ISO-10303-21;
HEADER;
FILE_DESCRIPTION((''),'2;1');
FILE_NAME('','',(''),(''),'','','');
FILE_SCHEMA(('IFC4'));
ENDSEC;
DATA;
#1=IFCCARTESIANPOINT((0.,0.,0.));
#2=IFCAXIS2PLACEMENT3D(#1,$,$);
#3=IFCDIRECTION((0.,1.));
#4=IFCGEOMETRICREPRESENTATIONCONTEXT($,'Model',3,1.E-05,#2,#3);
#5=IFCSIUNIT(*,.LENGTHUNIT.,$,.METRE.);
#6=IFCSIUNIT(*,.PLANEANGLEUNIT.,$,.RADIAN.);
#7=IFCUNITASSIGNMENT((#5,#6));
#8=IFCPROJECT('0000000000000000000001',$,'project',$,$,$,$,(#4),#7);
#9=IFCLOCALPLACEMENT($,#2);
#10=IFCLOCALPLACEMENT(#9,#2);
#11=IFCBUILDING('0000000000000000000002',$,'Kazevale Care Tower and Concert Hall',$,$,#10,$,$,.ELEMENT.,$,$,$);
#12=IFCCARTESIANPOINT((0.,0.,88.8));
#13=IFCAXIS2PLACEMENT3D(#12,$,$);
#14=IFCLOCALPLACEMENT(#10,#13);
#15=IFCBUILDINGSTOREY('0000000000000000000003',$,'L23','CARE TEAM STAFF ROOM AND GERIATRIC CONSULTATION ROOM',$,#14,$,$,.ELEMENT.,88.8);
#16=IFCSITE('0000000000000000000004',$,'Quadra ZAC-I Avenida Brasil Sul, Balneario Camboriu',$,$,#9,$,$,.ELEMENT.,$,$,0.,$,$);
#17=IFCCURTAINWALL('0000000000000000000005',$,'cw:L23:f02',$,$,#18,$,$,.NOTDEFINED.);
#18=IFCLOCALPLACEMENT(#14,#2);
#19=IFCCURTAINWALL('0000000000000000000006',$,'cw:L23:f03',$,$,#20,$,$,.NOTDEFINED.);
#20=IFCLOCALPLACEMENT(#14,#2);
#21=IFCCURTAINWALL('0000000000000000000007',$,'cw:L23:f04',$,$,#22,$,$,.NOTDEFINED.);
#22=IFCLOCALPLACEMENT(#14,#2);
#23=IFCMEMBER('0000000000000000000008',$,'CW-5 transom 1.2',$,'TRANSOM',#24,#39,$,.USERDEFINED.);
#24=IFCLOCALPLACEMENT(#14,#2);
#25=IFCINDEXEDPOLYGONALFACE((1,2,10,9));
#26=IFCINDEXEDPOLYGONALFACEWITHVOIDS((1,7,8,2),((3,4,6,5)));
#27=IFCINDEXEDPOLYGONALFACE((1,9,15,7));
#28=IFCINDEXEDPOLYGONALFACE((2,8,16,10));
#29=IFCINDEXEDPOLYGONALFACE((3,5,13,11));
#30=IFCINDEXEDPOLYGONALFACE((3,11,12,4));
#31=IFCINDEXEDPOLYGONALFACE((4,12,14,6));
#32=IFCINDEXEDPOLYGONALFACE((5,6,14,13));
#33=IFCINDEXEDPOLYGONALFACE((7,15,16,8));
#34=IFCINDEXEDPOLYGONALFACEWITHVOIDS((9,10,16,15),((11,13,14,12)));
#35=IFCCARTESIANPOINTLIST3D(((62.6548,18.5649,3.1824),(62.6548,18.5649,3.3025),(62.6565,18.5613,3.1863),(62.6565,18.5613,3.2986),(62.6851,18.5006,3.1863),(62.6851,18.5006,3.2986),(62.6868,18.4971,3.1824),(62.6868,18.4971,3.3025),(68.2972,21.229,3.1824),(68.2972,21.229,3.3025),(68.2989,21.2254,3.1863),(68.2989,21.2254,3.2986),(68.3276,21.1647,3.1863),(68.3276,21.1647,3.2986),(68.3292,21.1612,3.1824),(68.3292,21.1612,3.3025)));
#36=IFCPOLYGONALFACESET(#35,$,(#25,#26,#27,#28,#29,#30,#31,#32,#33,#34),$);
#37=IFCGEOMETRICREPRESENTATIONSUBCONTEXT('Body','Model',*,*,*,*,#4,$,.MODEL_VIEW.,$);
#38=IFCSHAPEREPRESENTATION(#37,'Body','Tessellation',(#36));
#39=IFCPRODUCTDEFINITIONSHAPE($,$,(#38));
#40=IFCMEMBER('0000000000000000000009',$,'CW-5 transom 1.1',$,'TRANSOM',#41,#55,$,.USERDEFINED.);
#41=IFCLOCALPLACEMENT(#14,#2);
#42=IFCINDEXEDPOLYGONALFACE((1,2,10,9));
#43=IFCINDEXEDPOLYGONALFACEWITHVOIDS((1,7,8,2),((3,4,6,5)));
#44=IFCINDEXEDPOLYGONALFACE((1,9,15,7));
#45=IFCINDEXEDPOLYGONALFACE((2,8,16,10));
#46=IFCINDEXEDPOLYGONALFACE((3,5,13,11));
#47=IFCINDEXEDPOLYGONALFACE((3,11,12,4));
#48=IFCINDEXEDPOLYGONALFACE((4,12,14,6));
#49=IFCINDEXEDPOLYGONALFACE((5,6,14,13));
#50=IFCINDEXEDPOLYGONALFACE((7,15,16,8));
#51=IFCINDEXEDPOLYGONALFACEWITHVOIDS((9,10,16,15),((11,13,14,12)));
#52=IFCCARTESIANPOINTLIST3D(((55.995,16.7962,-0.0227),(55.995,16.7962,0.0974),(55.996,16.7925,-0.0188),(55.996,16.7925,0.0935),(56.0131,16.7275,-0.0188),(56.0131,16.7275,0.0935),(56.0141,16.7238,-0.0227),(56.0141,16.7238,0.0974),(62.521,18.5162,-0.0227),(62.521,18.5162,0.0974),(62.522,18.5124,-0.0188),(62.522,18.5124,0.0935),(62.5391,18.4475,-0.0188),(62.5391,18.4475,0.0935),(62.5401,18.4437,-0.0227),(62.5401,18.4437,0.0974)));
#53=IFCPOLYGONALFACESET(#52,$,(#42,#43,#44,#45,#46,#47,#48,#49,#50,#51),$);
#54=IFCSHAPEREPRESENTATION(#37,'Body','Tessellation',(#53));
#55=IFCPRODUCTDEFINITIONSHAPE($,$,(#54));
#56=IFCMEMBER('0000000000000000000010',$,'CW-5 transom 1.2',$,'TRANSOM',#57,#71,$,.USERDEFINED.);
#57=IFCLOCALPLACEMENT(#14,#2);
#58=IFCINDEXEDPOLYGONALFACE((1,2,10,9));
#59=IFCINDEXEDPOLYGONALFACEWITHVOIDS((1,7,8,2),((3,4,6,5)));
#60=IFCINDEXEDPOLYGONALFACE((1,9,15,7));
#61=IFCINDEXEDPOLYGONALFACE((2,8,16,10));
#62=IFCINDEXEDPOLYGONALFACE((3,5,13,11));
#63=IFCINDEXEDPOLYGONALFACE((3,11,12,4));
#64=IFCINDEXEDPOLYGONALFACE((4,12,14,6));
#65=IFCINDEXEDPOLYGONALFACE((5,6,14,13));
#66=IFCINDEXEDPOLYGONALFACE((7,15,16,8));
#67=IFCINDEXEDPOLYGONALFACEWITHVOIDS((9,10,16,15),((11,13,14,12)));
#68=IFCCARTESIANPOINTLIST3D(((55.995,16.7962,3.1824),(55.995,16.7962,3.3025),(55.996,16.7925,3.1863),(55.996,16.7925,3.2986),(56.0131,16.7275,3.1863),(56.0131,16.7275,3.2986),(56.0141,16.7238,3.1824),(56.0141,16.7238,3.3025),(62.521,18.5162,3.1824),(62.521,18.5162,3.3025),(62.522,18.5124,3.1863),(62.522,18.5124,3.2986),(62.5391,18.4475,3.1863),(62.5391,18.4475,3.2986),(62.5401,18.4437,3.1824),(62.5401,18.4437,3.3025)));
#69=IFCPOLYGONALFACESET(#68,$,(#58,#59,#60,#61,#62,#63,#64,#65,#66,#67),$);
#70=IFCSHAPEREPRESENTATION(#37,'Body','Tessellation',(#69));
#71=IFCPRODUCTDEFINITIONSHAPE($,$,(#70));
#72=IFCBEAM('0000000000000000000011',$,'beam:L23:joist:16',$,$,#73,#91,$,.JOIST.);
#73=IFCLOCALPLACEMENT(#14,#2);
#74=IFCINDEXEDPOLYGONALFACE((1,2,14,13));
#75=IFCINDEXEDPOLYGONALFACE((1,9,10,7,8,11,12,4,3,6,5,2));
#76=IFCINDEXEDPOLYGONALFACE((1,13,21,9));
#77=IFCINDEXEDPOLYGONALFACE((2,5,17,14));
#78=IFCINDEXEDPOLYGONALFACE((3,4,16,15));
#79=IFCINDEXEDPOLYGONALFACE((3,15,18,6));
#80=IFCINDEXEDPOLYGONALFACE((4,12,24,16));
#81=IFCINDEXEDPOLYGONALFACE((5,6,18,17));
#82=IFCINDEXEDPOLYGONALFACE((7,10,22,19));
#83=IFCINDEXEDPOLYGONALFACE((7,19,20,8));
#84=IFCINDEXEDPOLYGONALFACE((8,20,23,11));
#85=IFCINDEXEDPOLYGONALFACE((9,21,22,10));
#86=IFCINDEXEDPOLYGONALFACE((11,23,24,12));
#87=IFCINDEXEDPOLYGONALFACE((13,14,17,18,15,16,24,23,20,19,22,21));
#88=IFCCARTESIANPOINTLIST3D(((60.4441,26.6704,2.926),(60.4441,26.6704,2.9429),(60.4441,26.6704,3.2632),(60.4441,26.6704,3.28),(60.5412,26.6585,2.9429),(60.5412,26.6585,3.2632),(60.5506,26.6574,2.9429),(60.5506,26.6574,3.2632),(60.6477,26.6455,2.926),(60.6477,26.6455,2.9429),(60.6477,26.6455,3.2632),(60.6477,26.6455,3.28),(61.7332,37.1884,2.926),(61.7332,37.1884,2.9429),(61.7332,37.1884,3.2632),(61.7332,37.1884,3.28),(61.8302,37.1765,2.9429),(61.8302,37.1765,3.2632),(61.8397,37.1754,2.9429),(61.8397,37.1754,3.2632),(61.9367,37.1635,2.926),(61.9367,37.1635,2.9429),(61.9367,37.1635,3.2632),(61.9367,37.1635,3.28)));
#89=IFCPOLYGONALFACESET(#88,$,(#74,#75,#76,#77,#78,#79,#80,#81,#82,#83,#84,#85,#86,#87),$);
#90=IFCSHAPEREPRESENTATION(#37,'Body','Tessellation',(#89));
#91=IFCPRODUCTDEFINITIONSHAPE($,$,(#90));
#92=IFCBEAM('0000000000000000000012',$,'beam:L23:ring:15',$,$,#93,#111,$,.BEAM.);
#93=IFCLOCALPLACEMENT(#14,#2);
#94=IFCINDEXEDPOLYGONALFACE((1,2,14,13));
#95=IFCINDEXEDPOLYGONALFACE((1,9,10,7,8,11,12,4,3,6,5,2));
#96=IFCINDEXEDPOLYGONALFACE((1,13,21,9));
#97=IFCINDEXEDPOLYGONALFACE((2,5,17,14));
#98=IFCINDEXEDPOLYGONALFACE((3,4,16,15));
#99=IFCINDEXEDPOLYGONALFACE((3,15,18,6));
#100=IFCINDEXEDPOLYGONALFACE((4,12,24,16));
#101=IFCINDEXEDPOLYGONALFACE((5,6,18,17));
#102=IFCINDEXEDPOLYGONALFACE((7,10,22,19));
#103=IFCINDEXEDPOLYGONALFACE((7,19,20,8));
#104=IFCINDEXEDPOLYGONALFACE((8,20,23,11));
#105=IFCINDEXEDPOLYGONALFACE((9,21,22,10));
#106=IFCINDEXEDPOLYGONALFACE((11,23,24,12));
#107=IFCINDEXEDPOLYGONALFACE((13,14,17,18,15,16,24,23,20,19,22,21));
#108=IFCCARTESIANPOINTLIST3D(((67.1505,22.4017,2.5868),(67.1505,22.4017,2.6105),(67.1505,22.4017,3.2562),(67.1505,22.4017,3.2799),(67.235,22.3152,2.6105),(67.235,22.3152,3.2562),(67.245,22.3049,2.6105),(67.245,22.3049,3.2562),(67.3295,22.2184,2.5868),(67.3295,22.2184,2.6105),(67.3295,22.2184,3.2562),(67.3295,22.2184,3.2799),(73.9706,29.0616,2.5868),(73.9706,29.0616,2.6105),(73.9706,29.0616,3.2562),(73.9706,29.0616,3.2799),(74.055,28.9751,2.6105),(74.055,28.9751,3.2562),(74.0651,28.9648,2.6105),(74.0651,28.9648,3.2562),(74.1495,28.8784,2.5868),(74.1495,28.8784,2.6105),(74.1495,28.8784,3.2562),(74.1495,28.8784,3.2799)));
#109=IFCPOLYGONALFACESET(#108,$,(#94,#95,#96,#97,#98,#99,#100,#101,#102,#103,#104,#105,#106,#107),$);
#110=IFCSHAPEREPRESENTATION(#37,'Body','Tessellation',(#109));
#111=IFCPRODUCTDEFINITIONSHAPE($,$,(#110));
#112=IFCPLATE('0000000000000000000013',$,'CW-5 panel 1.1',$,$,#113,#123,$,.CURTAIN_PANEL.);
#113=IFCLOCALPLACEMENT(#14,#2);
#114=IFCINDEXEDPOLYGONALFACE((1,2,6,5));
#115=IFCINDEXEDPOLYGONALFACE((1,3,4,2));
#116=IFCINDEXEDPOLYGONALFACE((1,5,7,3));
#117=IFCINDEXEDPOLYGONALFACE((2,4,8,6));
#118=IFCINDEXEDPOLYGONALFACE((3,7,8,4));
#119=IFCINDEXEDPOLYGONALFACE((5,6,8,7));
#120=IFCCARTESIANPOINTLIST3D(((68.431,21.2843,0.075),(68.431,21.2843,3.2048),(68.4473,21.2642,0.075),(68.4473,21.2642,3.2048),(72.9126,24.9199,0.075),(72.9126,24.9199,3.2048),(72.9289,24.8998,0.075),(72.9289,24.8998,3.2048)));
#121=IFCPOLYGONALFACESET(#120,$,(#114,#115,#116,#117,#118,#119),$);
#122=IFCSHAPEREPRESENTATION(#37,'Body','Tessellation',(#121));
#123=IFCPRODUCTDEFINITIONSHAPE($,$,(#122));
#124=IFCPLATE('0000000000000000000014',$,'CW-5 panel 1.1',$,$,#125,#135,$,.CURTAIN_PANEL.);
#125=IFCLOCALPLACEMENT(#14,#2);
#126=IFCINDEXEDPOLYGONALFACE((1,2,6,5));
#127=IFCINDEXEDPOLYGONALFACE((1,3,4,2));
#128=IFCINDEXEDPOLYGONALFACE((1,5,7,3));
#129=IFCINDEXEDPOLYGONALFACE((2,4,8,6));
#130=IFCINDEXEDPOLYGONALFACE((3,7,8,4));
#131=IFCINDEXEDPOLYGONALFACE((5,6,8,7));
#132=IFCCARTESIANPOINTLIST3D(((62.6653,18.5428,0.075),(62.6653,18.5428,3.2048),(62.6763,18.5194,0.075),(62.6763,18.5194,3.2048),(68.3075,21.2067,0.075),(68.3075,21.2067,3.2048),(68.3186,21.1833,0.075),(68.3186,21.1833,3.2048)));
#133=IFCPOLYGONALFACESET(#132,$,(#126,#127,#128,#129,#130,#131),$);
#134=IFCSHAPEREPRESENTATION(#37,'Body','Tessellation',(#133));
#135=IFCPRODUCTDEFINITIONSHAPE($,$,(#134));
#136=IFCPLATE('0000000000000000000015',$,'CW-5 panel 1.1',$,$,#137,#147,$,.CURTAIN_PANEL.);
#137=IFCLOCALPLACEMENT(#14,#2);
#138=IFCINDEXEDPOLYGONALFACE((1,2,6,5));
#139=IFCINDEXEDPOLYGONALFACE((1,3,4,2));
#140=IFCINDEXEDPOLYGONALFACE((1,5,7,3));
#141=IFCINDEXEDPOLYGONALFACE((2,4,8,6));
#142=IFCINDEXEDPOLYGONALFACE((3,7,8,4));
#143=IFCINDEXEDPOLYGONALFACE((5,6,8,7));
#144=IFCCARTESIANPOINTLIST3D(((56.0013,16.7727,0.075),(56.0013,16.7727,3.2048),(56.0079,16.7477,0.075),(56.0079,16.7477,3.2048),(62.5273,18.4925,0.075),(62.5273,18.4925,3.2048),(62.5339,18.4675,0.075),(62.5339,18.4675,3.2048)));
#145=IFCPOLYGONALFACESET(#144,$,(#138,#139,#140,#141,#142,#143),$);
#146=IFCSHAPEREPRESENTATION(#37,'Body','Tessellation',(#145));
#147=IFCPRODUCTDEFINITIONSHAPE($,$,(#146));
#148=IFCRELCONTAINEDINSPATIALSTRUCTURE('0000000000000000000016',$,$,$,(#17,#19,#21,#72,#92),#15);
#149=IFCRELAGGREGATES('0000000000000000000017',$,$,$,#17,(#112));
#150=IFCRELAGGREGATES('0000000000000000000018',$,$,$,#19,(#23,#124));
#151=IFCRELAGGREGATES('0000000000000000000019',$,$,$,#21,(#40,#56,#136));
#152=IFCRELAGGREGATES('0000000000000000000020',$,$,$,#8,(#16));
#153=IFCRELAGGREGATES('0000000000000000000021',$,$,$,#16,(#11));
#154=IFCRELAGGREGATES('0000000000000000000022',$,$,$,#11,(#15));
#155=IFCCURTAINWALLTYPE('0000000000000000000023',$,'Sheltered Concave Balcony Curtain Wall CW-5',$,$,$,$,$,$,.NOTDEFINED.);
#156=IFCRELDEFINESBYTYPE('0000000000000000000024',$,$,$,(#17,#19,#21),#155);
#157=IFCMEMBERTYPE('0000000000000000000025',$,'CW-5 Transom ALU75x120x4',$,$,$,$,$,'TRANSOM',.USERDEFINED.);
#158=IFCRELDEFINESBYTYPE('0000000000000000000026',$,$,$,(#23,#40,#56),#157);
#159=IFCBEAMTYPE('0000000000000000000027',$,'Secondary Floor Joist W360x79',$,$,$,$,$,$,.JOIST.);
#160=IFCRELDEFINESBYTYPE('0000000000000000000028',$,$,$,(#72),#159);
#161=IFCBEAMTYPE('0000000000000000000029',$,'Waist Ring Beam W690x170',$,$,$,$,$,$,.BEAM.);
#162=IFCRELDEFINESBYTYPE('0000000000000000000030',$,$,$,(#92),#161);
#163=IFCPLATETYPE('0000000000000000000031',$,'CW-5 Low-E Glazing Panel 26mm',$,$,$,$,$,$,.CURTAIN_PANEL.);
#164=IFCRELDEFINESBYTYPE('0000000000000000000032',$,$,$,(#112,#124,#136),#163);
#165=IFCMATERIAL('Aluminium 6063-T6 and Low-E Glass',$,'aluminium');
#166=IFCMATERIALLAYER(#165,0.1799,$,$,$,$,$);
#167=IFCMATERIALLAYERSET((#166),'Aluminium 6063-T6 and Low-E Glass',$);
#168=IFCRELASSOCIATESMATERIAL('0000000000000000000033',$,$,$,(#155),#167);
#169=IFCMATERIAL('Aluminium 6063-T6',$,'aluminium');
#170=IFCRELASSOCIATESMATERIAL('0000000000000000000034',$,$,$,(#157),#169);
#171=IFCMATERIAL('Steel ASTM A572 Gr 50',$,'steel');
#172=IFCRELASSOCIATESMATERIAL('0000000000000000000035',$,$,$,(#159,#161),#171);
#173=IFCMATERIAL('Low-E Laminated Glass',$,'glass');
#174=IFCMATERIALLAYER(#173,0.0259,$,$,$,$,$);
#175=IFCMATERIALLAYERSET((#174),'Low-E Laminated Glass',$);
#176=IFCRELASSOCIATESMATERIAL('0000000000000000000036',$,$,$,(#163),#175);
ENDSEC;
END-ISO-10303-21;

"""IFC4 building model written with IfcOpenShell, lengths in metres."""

from ifc_helpers import new_model, si_unit, direction, frame, origin, origin_2d, place, context, subcontext, project, spatial, rectangle, hollow_rectangle, i_section, extrude, material, layer, layer_set, material_profile, profile_set, type_object, element, aggregate, save


model = new_model("IFC4")

# Units and contexts
model_context = context("Model", 3, precision=1e-05, world=origin(), true_north=direction((0.0, 1.0)))
body_context = subcontext(model_context, "Body", "Model", "MODEL_VIEW")
ifc_project = project(units=[si_unit("LENGTHUNIT", "METRE"), si_unit("PLANEANGLEUNIT", "RADIAN")], contexts=[model_context])

# Site, building, storey
site_placement = place(None, origin())
site = spatial("IfcSite", under=ifc_project, at=site_placement, Name="Quadra ZAC-I Avenida Brasil Sul, Balneario Camboriu", CompositionType="ELEMENT", RefElevation=0.0)
building_placement = place(site_placement, origin())
building = spatial("IfcBuilding", under=site, at=building_placement, Name="Kazevale Care Tower and Concert Hall", CompositionType="ELEMENT")
storey_placement = place(building_placement, frame((0.0, 0.0, 88.8)))
storey = spatial("IfcBuildingStorey", under=building, at=storey_placement, Name="L23", Description="CARE TEAM STAFF ROOM AND GERIATRIC CONSULTATION ROOM", CompositionType="ELEMENT", Elevation=88.8)

# Curtain walls
ifc_material_1 = material(Name="Aluminium 6063-T6 and Low-E Glass", Category="aluminium")
ifc_layer_1 = layer(ifc_material_1, 0.1799)
ifc_layer_set_1 = layer_set([ifc_layer_1], Name="Aluminium 6063-T6 and Low-E Glass")
curtain_wall_type = type_object("IfcCurtainWallType", Name="Sheltered Concave Balcony Curtain Wall CW-5", PredefinedType="NOTDEFINED", material=ifc_layer_set_1)
curtain_wall_1_placement = place(storey_placement, origin())
curtain_wall_1 = element("IfcCurtainWall", 1, at=curtain_wall_1_placement, inside=storey, type_object=curtain_wall_type, Name="cw:L23:f02", PredefinedType="NOTDEFINED")
ifc_material_2 = material(Name="Aluminium 6063-T6", Category="aluminium")
curtain_wall_2_placement = place(storey_placement, origin())
curtain_wall_2 = element("IfcCurtainWall", 2, at=curtain_wall_2_placement, inside=storey, type_object=curtain_wall_type, Name="cw:L23:f03", PredefinedType="NOTDEFINED")

# Curtain wall
curtain_wall_3_placement = place(storey_placement, origin())
curtain_wall_3 = element("IfcCurtainWall", 3, at=curtain_wall_3_placement, inside=storey, type_object=curtain_wall_type, Name="cw:L23:f04", PredefinedType="NOTDEFINED")

# Members
ifc_material_profile_1 = material_profile(ifc_material_2, hollow_rectangle(XDim=0.075, YDim=0.1201, WallThickness=0.0039, at=origin_2d()), Name="ALU75x120x4")
ifc_profile_set_1 = profile_set([ifc_material_profile_1], Name="Aluminium 6063-T6")
member_type_1 = type_object("IfcMemberType", Name="CW-5 Transom ALU75x120x4", ElementType="TRANSOM", PredefinedType="USERDEFINED", material=ifc_profile_set_1)
member_1_placement = place(storey_placement, frame((68.3132, 21.1951, 3.2424), z_axis=(-0.904272, -0.426957, 0.0), x_axis=(0.426957, -0.904272, 0.0)))
member_1 = element("IfcMember", 4, at=member_1_placement, type_object=member_type_1, Name="CW-5 transom 1.2", ObjectType="TRANSOM", PredefinedType="USERDEFINED", context=body_context, shape_type="SweptSolid", body=[
    extrude(hollow_rectangle(XDim=0.075, YDim=0.1201, WallThickness=0.0039, at=origin_2d()), origin(), (0.0, 0.0, 1.0), 6.2397),
])
member_2_placement = place(storey_placement, frame((62.5305, 18.48, 0.0374), z_axis=(-0.966978, -0.254858, 0.0), x_axis=(0.254858, -0.966978, 0.0)))
member_2 = element("IfcMember", 5, at=member_2_placement, type_object=member_type_1, Name="CW-5 transom 1.1", ObjectType="TRANSOM", PredefinedType="USERDEFINED", context=body_context, shape_type="SweptSolid", body=[
    extrude(hollow_rectangle(XDim=0.075, YDim=0.1201, WallThickness=0.0039, at=origin_2d()), origin(), (0.0, 0.0, 1.0), 6.7488),
])
member_3_placement = place(storey_placement, frame((62.5305, 18.48, 3.2424), z_axis=(-0.966978, -0.254858, 0.0), x_axis=(0.254858, -0.966978, 0.0)))
member_3 = element("IfcMember", 6, at=member_3_placement, type_object=member_type_1, Name="CW-5 transom 1.2", ObjectType="TRANSOM", PredefinedType="USERDEFINED", context=body_context, shape_type="SweptSolid", body=[
    extrude(hollow_rectangle(XDim=0.075, YDim=0.1201, WallThickness=0.0039, at=origin_2d()), origin(), (0.0, 0.0, 1.0), 6.7488),
])

# Beams
ifc_material_3 = material(Name="Steel ASTM A572 Gr 50", Category="steel")
ifc_material_profile_2 = material_profile(ifc_material_3, i_section(OverallWidth=0.2051, OverallDepth=0.354, WebThickness=0.0095, FlangeThickness=0.0168, at=origin_2d()), Name="W360x79")
ifc_profile_set_2 = profile_set([ifc_material_profile_2], Name="Steel ASTM A572 Gr 50")
beam_type_1 = type_object("IfcBeamType", Name="Secondary Floor Joist W360x79", PredefinedType="JOIST", material=ifc_profile_set_2)
beam_1_placement = place(storey_placement, frame((60.5459, 26.658, 3.103), z_axis=(0.121647, 0.992573, 0.0), x_axis=(-0.992573, 0.121647, 0.0)))
element("IfcBeam", 7, at=beam_1_placement, inside=storey, type_object=beam_type_1, Name="beam:L23:joist:16", PredefinedType="JOIST", context=body_context, shape_type="SweptSolid", body=[
    extrude(i_section(OverallWidth=0.2051, OverallDepth=0.354, WebThickness=0.0095, FlangeThickness=0.0168, at=origin_2d()), origin(), (0.0, 0.0, 1.0), 10.5967),
])
ifc_material_profile_3 = material_profile(ifc_material_3, i_section(OverallWidth=0.2561, OverallDepth=0.6931, WebThickness=0.0144, FlangeThickness=0.0237, at=origin_2d()), Name="W690x170")
ifc_profile_set_3 = profile_set([ifc_material_profile_3], Name="Steel ASTM A572 Gr 50")
beam_type_2 = type_object("IfcBeamType", Name="Waist Ring Beam W690x170", PredefinedType="BEAM", material=ifc_profile_set_3)
beam_2_placement = place(storey_placement, frame((67.24, 22.3101, 2.9333), z_axis=(0.715457, 0.698656, 0.0), x_axis=(-0.698656, 0.715457, 0.0)))
element("IfcBeam", 8, at=beam_2_placement, inside=storey, type_object=beam_type_2, Name="beam:L23:ring:15", PredefinedType="BEAM", context=body_context, shape_type="SweptSolid", body=[
    extrude(i_section(OverallWidth=0.2561, OverallDepth=0.6931, WebThickness=0.0144, FlangeThickness=0.0237, at=origin_2d()), origin(), (0.0, 0.0, 1.0), 9.5325),
])

# Plates
ifc_material_4 = material(Name="Low-E Laminated Glass", Category="glass")
ifc_layer_2 = layer(ifc_material_4, 0.0259)
ifc_layer_set_2 = layer_set([ifc_layer_2], Name="Low-E Laminated Glass")
plate_type = type_object("IfcPlateType", Name="CW-5 Low-E Glazing Panel 26mm", PredefinedType="CURTAIN_PANEL", material=ifc_layer_set_2)
plate_1_placement = place(storey_placement, frame((70.6799, 23.092, 0.075), z_axis=(0.0, 0.0, 1.0), x_axis=(-0.776599, -0.629995, 0.0)))
plate_1 = element("IfcPlate", 9, at=plate_1_placement, type_object=plate_type, Name="CW-5 panel 1.1", PredefinedType="CURTAIN_PANEL", context=body_context, shape_type="SweptSolid", body=[
    extrude(rectangle(XDim=5.7708, YDim=0.0259, at=origin_2d()), origin(), (0.0, 0.0, 1.0), 3.1299),
])
aggregate(curtain_wall_1, [plate_1])
plate_2_placement = place(storey_placement, frame((65.4919, 19.863, 0.075), z_axis=(0.0, 0.0, 1.0), x_axis=(-0.904279, -0.426942, 0.0)))
plate_2 = element("IfcPlate", 10, at=plate_2_placement, type_object=plate_type, Name="CW-5 panel 1.1", PredefinedType="CURTAIN_PANEL", context=body_context, shape_type="SweptSolid", body=[
    extrude(rectangle(XDim=6.2395, YDim=0.0259, at=origin_2d()), origin(), (0.0, 0.0, 1.0), 3.1299),
])
aggregate(curtain_wall_2, [member_1, plate_2])
plate_3_placement = place(storey_placement, frame((59.2676, 17.6201, 0.075), z_axis=(0.0, 0.0, 1.0), x_axis=(-0.966986, -0.254829, 0.0)))
plate_3 = element("IfcPlate", 11, at=plate_3_placement, type_object=plate_type, Name="CW-5 panel 1.1", PredefinedType="CURTAIN_PANEL", context=body_context, shape_type="SweptSolid", body=[
    extrude(rectangle(XDim=6.7488, YDim=0.0259, at=origin_2d()), origin(), (0.0, 0.0, 1.0), 3.1299),
])
aggregate(curtain_wall_3, [member_2, member_3, plate_3])

save(model, "model.ifc")
